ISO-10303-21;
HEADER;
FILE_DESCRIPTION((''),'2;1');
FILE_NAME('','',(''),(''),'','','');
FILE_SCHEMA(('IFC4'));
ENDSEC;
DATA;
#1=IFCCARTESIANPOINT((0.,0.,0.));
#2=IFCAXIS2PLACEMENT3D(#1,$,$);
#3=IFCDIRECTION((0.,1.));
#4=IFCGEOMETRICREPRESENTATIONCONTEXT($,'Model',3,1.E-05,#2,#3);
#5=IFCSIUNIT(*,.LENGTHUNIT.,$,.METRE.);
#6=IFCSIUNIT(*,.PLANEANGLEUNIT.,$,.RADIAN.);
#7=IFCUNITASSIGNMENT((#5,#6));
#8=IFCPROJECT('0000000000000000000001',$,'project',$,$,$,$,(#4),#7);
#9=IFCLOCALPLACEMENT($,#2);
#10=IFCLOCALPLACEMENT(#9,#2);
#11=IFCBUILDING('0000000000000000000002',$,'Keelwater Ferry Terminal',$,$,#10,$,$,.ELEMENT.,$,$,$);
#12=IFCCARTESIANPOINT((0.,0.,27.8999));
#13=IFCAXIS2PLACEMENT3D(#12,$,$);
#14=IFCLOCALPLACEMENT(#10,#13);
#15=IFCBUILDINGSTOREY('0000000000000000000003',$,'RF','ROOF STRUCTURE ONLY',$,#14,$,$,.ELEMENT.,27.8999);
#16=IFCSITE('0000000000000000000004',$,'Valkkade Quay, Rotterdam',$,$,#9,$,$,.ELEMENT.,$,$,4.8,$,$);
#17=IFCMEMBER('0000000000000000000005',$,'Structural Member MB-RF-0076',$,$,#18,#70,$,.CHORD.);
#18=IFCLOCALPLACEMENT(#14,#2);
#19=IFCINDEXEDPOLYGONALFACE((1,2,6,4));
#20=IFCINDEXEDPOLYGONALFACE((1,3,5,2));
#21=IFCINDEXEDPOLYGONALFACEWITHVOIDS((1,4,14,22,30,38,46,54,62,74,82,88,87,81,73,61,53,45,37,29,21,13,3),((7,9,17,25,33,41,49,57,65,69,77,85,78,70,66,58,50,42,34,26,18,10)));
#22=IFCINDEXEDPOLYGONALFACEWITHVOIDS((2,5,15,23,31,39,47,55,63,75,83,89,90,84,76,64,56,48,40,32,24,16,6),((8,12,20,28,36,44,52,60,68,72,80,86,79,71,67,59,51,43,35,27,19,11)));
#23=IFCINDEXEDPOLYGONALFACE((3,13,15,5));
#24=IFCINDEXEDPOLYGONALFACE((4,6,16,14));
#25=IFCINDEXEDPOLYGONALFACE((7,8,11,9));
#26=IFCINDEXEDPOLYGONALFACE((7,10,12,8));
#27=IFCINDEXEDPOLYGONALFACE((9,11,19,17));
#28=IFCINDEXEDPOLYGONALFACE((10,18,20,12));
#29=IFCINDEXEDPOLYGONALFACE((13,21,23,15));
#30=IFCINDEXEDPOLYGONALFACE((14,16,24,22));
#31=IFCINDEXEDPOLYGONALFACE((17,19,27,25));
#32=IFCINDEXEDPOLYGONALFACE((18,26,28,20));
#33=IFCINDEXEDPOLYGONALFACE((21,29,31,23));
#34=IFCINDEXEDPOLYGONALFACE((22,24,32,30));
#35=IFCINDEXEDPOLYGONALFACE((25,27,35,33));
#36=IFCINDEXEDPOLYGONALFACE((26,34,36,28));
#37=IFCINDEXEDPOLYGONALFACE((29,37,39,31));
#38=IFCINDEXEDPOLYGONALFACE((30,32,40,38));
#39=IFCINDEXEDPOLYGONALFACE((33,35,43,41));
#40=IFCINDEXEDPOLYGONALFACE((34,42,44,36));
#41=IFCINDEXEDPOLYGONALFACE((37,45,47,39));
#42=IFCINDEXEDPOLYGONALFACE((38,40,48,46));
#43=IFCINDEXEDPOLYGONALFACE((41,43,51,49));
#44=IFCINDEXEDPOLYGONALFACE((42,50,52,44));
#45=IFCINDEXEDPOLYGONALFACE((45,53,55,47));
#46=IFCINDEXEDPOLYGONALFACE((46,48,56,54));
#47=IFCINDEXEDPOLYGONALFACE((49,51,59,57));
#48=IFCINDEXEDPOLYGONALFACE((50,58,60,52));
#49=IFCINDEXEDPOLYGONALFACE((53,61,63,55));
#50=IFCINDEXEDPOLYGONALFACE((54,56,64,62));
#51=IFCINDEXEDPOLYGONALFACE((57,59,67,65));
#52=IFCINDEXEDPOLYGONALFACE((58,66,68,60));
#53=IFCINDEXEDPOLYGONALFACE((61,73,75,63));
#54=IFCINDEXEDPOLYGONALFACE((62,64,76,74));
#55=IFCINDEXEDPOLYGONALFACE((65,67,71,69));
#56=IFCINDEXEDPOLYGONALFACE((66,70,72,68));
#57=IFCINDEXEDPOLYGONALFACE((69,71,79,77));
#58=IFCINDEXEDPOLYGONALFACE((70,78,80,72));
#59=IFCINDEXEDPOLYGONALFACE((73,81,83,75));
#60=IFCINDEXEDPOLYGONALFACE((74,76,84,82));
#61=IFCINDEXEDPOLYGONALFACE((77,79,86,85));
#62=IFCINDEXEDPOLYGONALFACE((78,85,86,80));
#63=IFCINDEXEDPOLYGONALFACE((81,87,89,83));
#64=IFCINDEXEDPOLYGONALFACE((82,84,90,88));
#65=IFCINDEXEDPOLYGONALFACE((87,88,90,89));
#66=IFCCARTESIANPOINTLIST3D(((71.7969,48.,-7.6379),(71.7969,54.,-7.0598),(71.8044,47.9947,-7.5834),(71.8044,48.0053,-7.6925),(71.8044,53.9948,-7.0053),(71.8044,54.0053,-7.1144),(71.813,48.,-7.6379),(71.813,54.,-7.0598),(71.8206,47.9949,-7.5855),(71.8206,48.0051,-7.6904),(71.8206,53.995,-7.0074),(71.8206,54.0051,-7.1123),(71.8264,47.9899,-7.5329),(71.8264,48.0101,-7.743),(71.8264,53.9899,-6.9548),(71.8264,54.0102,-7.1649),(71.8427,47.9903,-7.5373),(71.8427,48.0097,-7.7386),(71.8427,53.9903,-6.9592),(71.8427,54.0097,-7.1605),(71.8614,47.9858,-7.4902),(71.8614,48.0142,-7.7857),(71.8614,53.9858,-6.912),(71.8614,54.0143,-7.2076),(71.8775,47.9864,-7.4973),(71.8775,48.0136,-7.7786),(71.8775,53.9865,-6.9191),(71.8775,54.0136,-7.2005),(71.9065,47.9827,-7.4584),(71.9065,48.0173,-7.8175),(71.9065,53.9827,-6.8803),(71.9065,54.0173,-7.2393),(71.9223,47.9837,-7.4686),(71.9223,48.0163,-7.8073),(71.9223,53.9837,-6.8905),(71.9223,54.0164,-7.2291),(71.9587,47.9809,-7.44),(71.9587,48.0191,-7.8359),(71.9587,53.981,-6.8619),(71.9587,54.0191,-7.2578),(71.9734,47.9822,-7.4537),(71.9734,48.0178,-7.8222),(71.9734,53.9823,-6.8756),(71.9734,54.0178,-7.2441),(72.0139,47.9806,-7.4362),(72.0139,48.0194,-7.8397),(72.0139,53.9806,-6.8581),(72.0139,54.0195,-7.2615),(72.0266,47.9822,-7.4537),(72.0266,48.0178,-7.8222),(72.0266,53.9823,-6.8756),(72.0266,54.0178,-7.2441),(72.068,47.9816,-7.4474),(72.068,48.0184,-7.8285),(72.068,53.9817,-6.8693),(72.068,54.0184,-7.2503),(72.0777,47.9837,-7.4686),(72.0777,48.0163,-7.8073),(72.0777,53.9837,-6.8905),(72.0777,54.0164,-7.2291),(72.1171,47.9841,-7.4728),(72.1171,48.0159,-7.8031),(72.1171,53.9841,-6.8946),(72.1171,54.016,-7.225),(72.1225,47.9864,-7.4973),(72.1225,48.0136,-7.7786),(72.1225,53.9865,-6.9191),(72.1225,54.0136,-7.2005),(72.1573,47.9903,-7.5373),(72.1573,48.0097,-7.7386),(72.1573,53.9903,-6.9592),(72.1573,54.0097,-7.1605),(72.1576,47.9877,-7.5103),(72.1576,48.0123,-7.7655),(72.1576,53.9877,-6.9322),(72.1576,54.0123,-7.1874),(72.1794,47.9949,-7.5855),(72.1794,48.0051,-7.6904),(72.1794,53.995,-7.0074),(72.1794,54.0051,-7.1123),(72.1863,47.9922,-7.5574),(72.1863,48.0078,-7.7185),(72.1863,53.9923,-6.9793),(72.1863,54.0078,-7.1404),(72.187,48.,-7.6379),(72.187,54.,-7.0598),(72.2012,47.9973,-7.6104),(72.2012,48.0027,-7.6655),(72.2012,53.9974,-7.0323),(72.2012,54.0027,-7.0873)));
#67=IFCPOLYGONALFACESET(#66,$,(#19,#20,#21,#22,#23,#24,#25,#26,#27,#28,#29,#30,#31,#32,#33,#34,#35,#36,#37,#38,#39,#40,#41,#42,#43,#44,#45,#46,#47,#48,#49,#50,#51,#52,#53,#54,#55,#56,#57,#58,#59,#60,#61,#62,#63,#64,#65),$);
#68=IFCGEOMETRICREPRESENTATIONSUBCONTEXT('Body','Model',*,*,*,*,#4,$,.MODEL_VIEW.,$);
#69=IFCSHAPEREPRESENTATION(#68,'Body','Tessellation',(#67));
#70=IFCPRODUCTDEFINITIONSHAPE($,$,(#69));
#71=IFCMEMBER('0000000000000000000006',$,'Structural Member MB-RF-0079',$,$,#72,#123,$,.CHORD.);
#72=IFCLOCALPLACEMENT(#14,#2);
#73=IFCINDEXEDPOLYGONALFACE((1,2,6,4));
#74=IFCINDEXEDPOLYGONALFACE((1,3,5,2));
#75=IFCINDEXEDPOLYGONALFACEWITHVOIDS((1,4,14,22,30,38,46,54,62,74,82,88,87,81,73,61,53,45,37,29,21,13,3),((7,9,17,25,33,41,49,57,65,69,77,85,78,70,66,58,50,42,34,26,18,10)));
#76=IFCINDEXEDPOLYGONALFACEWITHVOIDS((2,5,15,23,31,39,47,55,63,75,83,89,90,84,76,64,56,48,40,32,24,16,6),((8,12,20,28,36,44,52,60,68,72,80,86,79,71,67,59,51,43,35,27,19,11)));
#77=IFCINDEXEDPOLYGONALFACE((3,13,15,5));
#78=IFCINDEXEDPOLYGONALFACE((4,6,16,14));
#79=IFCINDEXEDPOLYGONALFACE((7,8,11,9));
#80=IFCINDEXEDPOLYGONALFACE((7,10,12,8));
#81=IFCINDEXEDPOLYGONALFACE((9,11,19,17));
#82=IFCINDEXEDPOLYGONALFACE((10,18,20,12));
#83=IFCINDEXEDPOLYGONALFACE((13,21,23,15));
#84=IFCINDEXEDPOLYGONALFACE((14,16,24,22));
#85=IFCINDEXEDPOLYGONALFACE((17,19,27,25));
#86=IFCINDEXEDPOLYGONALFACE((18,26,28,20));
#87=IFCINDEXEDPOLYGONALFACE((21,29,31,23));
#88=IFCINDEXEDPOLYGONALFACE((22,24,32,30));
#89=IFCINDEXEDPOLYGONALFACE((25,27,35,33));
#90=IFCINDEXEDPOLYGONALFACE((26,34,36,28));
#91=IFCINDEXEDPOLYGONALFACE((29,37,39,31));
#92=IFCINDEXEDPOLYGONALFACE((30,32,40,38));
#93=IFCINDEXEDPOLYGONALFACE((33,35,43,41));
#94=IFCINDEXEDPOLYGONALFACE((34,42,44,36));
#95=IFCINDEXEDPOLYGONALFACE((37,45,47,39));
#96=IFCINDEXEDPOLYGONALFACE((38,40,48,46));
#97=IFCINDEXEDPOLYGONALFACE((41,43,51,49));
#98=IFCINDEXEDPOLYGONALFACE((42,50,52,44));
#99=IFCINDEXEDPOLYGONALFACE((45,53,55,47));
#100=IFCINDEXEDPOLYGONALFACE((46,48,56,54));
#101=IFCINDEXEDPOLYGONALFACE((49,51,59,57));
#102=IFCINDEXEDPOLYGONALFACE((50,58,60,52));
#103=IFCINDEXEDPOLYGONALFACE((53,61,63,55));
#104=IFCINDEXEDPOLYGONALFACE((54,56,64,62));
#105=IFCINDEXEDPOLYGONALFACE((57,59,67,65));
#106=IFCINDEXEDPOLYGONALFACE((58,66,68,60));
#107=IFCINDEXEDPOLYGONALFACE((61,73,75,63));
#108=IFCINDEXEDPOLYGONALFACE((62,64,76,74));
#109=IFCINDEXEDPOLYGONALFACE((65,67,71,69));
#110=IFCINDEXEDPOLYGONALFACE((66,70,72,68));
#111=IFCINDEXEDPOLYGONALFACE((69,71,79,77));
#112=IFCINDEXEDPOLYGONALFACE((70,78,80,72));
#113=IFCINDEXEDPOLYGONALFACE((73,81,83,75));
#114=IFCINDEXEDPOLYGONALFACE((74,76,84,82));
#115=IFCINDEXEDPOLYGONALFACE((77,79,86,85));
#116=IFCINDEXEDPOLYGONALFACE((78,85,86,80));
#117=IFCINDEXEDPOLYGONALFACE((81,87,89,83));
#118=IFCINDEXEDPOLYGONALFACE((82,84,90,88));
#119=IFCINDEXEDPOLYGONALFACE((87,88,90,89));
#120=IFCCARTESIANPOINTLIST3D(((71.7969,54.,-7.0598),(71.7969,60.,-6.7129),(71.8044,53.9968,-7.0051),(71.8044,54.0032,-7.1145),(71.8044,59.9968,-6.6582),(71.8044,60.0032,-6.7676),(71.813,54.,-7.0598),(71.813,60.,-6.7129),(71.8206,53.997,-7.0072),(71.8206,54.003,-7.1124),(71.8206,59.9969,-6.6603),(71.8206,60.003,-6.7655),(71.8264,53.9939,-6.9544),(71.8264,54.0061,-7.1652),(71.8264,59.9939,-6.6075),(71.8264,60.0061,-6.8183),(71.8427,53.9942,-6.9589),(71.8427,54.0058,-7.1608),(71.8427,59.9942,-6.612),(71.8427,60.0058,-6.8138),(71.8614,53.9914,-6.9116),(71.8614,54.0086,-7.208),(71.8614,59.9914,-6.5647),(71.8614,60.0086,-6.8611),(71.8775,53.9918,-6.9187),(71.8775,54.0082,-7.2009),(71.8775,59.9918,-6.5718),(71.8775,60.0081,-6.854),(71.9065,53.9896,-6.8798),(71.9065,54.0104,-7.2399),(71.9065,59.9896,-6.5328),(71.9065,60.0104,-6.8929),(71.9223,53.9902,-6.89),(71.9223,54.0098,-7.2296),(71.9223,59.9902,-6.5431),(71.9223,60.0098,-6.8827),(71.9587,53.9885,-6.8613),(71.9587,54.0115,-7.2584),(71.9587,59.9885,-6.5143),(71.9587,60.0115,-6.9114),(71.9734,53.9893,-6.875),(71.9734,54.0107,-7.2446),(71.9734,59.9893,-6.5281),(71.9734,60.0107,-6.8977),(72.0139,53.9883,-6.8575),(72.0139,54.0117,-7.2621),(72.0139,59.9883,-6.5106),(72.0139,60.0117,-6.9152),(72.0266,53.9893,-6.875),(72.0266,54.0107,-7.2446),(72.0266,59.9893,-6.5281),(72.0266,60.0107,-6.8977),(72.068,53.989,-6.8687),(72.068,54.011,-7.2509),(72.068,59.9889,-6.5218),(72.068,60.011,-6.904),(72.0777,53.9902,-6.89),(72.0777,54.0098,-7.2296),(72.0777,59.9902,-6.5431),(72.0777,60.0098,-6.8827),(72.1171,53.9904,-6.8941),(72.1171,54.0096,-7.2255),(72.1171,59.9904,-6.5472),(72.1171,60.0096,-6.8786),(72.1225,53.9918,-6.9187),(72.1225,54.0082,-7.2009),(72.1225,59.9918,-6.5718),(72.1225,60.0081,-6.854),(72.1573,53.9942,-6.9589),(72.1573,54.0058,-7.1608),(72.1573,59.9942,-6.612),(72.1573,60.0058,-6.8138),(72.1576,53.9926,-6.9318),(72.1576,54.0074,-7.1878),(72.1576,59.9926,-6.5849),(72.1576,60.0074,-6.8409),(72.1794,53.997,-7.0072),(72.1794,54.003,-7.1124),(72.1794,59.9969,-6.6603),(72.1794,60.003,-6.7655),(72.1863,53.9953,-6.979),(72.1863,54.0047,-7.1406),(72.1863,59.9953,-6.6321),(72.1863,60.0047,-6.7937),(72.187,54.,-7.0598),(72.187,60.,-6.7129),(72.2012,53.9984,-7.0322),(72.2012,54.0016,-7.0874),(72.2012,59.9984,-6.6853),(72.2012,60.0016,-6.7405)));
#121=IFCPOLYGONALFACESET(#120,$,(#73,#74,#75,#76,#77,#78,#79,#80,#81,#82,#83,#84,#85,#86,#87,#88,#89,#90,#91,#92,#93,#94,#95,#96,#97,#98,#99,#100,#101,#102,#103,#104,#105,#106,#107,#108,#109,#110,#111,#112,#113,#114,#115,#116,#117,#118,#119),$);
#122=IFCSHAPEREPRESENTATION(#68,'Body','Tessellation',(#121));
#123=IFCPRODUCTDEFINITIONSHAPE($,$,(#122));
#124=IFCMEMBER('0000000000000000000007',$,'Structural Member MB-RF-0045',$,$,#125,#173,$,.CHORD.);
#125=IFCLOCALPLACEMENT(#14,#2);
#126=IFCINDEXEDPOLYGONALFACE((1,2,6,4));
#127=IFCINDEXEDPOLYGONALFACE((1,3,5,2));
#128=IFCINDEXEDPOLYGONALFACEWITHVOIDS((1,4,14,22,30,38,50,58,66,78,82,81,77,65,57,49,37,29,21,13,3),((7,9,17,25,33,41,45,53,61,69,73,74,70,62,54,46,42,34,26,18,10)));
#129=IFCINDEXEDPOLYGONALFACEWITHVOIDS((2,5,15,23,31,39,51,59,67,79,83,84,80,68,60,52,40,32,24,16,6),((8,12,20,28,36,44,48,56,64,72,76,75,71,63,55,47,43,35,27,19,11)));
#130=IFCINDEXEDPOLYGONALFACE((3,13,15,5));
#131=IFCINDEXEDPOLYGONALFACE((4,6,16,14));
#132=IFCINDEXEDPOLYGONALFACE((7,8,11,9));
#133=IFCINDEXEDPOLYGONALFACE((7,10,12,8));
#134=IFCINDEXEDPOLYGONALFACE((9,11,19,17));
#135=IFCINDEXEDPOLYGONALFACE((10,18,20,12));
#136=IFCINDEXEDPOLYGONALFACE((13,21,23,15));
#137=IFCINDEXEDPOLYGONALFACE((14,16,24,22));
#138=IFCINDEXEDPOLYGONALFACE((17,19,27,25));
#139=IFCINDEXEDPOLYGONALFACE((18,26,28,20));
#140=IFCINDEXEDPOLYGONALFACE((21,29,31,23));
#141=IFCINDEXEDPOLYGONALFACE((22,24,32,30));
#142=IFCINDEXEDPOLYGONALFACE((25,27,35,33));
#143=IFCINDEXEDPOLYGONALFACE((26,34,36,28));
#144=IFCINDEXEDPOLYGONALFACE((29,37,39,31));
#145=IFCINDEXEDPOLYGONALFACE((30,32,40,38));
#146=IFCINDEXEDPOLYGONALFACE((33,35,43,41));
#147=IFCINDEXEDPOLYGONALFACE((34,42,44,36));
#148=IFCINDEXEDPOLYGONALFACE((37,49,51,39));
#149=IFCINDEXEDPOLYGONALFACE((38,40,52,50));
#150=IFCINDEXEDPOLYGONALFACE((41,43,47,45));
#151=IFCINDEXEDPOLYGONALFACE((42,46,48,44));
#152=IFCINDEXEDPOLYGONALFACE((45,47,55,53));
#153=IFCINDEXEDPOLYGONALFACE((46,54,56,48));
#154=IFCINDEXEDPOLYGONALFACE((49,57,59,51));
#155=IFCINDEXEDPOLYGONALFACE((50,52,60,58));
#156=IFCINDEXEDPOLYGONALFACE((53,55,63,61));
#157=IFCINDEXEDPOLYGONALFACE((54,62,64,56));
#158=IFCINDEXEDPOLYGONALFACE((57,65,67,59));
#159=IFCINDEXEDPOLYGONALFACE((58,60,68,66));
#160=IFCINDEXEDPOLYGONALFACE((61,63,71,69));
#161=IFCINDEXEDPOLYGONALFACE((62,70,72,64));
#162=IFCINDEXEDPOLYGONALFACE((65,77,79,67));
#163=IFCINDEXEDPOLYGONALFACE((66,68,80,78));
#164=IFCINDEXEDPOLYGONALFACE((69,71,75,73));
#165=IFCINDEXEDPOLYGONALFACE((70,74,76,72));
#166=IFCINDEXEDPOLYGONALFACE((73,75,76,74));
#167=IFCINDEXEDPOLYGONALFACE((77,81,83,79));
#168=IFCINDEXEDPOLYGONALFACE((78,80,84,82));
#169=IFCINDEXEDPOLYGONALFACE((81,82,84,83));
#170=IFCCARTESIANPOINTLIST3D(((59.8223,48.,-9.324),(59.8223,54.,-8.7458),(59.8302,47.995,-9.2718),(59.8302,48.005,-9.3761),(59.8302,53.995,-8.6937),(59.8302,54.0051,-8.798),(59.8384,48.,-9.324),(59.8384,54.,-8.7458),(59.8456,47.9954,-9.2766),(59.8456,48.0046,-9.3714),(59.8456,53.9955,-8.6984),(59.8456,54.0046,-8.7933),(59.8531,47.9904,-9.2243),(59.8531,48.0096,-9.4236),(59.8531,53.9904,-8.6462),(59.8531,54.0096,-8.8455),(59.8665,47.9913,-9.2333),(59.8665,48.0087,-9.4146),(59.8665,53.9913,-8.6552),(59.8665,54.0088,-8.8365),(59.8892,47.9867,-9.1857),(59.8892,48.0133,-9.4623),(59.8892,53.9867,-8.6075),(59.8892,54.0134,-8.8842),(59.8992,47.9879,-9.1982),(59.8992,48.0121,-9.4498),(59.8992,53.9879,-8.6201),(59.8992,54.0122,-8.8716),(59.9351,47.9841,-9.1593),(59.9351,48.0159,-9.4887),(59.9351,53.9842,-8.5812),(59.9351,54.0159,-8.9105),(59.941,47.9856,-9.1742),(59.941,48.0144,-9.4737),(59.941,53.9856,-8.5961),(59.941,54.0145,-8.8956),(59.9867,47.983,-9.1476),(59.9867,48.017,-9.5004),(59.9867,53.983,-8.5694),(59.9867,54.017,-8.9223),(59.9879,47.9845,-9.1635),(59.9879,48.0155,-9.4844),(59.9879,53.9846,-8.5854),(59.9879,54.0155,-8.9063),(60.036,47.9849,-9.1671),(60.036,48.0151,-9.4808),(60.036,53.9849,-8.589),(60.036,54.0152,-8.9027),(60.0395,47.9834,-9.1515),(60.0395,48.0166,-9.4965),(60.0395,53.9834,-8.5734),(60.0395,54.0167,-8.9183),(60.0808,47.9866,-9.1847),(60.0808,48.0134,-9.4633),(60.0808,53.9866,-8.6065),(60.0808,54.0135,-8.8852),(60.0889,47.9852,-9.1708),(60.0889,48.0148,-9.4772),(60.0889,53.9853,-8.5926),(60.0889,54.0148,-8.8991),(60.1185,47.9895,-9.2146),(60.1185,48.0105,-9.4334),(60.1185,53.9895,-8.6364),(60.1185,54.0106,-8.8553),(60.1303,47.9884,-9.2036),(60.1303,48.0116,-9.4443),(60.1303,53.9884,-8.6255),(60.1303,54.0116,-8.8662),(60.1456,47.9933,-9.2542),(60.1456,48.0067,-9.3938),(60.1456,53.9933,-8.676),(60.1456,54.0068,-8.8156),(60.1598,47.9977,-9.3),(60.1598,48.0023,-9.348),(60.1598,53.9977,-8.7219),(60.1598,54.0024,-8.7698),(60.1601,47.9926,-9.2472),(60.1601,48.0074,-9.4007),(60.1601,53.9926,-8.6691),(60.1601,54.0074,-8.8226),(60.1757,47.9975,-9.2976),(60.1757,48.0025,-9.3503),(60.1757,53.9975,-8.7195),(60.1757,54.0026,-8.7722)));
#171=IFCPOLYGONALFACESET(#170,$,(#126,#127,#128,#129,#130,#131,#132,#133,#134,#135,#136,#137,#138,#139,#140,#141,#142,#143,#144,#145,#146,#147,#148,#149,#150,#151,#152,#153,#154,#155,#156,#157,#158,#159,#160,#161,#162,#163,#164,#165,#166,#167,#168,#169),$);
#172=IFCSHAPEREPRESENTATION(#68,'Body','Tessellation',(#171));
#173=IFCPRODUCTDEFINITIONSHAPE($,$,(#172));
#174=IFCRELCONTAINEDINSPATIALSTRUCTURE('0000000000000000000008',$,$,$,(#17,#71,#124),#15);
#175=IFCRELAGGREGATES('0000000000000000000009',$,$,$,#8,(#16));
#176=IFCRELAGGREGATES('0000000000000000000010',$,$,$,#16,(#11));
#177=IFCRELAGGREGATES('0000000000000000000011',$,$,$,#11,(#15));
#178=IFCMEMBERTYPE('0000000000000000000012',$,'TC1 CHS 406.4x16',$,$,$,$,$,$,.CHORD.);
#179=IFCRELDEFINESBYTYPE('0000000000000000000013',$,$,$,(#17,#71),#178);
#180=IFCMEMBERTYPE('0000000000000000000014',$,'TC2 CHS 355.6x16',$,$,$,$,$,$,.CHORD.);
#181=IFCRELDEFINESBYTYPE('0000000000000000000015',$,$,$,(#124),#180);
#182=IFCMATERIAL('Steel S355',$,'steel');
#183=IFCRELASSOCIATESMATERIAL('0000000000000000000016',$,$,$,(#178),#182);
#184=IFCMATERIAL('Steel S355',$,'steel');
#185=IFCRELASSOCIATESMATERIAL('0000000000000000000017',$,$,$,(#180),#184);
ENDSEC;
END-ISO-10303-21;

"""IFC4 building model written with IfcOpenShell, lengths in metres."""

from ifc_helpers import new_model, si_unit, direction, frame, origin, origin_2d, place, context, subcontext, project, spatial, hollow_circle, extrude, material, material_profile, profile_set, type_object, element, save


model = new_model("IFC4")

# Units and contexts
model_context = context("Model", 3, precision=1e-05, world=origin(), true_north=direction((0.0, 1.0)))
body_context = subcontext(model_context, "Body", "Model", "MODEL_VIEW")
ifc_project = project(units=[si_unit("LENGTHUNIT", "METRE"), si_unit("PLANEANGLEUNIT", "RADIAN")], contexts=[model_context])

# Site, building, storey
site_placement = place(None, origin())
site = spatial("IfcSite", under=ifc_project, at=site_placement, Name="Valkkade Quay, Rotterdam", CompositionType="ELEMENT", RefElevation=4.8)
building_placement = place(site_placement, origin())
building = spatial("IfcBuilding", under=site, at=building_placement, Name="Keelwater Ferry Terminal", CompositionType="ELEMENT")
storey_placement = place(building_placement, frame((0.0, 0.0, 27.8999)))
storey = spatial("IfcBuildingStorey", under=building, at=storey_placement, Name="RF", Description="ROOF STRUCTURE ONLY", CompositionType="ELEMENT", Elevation=27.8999)

# Members
ifc_material_1 = material(Name="Steel S355", Category="steel")
ifc_material_profile_1 = material_profile(ifc_material_1, hollow_circle(Radius=0.2031, WallThickness=0.0161, at=origin_2d()), Name="CHS 406.4x16")
ifc_profile_set_1 = profile_set([ifc_material_profile_1], Name="Steel S355")
member_type_1 = type_object("IfcMemberType", Name="TC1 CHS 406.4x16", PredefinedType="CHORD", material=ifc_profile_set_1)
member_1_placement = place(storey_placement, frame((72.0, 48.0, -7.6379), z_axis=(0.0, 0.99539, 0.09591), x_axis=(-1.0, 0.0, 0.0)))
element("IfcMember", 1, at=member_1_placement, inside=storey, type_object=member_type_1, Name="Structural Member MB-RF-0076", PredefinedType="CHORD", context=body_context, shape_type="SweptSolid", body=[
    extrude(hollow_circle(Radius=0.2031, WallThickness=0.0161, at=origin_2d()), origin(), (0.0, 0.0, 1.0), 6.0278),
])
member_2_placement = place(storey_placement, frame((72.0, 54.0, -7.0598), z_axis=(0.0, 0.998333, 0.057724), x_axis=(-1.0, 0.0, 0.0)))
element("IfcMember", 2, at=member_2_placement, inside=storey, type_object=member_type_1, Name="Structural Member MB-RF-0079", PredefinedType="CHORD", context=body_context, shape_type="SweptSolid", body=[
    extrude(hollow_circle(Radius=0.2031, WallThickness=0.0161, at=origin_2d()), origin(), (0.0, 0.0, 1.0), 6.01),
])
ifc_material_2 = material(Name="Steel S355", Category="steel")
ifc_material_profile_2 = material_profile(ifc_material_2, hollow_circle(Radius=0.1777, WallThickness=0.0161, at=origin_2d()), Name="CHS 355.6x16")
ifc_profile_set_2 = profile_set([ifc_material_profile_2], Name="Steel S355")
member_type_2 = type_object("IfcMemberType", Name="TC2 CHS 355.6x16", PredefinedType="CHORD", material=ifc_profile_set_2)
member_3_placement = place(storey_placement, frame((60.0, 48.0, -9.324), z_axis=(0.0, 0.99539, 0.09591), x_axis=(-1.0, 0.0, 0.0)))
element("IfcMember", 3, at=member_3_placement, inside=storey, type_object=member_type_2, Name="Structural Member MB-RF-0045", PredefinedType="CHORD", context=body_context, shape_type="SweptSolid", body=[
    extrude(hollow_circle(Radius=0.1777, WallThickness=0.0161, at=origin_2d()), origin(), (0.0, 0.0, 1.0), 6.0278),
])

save(model, "model.ifc")
